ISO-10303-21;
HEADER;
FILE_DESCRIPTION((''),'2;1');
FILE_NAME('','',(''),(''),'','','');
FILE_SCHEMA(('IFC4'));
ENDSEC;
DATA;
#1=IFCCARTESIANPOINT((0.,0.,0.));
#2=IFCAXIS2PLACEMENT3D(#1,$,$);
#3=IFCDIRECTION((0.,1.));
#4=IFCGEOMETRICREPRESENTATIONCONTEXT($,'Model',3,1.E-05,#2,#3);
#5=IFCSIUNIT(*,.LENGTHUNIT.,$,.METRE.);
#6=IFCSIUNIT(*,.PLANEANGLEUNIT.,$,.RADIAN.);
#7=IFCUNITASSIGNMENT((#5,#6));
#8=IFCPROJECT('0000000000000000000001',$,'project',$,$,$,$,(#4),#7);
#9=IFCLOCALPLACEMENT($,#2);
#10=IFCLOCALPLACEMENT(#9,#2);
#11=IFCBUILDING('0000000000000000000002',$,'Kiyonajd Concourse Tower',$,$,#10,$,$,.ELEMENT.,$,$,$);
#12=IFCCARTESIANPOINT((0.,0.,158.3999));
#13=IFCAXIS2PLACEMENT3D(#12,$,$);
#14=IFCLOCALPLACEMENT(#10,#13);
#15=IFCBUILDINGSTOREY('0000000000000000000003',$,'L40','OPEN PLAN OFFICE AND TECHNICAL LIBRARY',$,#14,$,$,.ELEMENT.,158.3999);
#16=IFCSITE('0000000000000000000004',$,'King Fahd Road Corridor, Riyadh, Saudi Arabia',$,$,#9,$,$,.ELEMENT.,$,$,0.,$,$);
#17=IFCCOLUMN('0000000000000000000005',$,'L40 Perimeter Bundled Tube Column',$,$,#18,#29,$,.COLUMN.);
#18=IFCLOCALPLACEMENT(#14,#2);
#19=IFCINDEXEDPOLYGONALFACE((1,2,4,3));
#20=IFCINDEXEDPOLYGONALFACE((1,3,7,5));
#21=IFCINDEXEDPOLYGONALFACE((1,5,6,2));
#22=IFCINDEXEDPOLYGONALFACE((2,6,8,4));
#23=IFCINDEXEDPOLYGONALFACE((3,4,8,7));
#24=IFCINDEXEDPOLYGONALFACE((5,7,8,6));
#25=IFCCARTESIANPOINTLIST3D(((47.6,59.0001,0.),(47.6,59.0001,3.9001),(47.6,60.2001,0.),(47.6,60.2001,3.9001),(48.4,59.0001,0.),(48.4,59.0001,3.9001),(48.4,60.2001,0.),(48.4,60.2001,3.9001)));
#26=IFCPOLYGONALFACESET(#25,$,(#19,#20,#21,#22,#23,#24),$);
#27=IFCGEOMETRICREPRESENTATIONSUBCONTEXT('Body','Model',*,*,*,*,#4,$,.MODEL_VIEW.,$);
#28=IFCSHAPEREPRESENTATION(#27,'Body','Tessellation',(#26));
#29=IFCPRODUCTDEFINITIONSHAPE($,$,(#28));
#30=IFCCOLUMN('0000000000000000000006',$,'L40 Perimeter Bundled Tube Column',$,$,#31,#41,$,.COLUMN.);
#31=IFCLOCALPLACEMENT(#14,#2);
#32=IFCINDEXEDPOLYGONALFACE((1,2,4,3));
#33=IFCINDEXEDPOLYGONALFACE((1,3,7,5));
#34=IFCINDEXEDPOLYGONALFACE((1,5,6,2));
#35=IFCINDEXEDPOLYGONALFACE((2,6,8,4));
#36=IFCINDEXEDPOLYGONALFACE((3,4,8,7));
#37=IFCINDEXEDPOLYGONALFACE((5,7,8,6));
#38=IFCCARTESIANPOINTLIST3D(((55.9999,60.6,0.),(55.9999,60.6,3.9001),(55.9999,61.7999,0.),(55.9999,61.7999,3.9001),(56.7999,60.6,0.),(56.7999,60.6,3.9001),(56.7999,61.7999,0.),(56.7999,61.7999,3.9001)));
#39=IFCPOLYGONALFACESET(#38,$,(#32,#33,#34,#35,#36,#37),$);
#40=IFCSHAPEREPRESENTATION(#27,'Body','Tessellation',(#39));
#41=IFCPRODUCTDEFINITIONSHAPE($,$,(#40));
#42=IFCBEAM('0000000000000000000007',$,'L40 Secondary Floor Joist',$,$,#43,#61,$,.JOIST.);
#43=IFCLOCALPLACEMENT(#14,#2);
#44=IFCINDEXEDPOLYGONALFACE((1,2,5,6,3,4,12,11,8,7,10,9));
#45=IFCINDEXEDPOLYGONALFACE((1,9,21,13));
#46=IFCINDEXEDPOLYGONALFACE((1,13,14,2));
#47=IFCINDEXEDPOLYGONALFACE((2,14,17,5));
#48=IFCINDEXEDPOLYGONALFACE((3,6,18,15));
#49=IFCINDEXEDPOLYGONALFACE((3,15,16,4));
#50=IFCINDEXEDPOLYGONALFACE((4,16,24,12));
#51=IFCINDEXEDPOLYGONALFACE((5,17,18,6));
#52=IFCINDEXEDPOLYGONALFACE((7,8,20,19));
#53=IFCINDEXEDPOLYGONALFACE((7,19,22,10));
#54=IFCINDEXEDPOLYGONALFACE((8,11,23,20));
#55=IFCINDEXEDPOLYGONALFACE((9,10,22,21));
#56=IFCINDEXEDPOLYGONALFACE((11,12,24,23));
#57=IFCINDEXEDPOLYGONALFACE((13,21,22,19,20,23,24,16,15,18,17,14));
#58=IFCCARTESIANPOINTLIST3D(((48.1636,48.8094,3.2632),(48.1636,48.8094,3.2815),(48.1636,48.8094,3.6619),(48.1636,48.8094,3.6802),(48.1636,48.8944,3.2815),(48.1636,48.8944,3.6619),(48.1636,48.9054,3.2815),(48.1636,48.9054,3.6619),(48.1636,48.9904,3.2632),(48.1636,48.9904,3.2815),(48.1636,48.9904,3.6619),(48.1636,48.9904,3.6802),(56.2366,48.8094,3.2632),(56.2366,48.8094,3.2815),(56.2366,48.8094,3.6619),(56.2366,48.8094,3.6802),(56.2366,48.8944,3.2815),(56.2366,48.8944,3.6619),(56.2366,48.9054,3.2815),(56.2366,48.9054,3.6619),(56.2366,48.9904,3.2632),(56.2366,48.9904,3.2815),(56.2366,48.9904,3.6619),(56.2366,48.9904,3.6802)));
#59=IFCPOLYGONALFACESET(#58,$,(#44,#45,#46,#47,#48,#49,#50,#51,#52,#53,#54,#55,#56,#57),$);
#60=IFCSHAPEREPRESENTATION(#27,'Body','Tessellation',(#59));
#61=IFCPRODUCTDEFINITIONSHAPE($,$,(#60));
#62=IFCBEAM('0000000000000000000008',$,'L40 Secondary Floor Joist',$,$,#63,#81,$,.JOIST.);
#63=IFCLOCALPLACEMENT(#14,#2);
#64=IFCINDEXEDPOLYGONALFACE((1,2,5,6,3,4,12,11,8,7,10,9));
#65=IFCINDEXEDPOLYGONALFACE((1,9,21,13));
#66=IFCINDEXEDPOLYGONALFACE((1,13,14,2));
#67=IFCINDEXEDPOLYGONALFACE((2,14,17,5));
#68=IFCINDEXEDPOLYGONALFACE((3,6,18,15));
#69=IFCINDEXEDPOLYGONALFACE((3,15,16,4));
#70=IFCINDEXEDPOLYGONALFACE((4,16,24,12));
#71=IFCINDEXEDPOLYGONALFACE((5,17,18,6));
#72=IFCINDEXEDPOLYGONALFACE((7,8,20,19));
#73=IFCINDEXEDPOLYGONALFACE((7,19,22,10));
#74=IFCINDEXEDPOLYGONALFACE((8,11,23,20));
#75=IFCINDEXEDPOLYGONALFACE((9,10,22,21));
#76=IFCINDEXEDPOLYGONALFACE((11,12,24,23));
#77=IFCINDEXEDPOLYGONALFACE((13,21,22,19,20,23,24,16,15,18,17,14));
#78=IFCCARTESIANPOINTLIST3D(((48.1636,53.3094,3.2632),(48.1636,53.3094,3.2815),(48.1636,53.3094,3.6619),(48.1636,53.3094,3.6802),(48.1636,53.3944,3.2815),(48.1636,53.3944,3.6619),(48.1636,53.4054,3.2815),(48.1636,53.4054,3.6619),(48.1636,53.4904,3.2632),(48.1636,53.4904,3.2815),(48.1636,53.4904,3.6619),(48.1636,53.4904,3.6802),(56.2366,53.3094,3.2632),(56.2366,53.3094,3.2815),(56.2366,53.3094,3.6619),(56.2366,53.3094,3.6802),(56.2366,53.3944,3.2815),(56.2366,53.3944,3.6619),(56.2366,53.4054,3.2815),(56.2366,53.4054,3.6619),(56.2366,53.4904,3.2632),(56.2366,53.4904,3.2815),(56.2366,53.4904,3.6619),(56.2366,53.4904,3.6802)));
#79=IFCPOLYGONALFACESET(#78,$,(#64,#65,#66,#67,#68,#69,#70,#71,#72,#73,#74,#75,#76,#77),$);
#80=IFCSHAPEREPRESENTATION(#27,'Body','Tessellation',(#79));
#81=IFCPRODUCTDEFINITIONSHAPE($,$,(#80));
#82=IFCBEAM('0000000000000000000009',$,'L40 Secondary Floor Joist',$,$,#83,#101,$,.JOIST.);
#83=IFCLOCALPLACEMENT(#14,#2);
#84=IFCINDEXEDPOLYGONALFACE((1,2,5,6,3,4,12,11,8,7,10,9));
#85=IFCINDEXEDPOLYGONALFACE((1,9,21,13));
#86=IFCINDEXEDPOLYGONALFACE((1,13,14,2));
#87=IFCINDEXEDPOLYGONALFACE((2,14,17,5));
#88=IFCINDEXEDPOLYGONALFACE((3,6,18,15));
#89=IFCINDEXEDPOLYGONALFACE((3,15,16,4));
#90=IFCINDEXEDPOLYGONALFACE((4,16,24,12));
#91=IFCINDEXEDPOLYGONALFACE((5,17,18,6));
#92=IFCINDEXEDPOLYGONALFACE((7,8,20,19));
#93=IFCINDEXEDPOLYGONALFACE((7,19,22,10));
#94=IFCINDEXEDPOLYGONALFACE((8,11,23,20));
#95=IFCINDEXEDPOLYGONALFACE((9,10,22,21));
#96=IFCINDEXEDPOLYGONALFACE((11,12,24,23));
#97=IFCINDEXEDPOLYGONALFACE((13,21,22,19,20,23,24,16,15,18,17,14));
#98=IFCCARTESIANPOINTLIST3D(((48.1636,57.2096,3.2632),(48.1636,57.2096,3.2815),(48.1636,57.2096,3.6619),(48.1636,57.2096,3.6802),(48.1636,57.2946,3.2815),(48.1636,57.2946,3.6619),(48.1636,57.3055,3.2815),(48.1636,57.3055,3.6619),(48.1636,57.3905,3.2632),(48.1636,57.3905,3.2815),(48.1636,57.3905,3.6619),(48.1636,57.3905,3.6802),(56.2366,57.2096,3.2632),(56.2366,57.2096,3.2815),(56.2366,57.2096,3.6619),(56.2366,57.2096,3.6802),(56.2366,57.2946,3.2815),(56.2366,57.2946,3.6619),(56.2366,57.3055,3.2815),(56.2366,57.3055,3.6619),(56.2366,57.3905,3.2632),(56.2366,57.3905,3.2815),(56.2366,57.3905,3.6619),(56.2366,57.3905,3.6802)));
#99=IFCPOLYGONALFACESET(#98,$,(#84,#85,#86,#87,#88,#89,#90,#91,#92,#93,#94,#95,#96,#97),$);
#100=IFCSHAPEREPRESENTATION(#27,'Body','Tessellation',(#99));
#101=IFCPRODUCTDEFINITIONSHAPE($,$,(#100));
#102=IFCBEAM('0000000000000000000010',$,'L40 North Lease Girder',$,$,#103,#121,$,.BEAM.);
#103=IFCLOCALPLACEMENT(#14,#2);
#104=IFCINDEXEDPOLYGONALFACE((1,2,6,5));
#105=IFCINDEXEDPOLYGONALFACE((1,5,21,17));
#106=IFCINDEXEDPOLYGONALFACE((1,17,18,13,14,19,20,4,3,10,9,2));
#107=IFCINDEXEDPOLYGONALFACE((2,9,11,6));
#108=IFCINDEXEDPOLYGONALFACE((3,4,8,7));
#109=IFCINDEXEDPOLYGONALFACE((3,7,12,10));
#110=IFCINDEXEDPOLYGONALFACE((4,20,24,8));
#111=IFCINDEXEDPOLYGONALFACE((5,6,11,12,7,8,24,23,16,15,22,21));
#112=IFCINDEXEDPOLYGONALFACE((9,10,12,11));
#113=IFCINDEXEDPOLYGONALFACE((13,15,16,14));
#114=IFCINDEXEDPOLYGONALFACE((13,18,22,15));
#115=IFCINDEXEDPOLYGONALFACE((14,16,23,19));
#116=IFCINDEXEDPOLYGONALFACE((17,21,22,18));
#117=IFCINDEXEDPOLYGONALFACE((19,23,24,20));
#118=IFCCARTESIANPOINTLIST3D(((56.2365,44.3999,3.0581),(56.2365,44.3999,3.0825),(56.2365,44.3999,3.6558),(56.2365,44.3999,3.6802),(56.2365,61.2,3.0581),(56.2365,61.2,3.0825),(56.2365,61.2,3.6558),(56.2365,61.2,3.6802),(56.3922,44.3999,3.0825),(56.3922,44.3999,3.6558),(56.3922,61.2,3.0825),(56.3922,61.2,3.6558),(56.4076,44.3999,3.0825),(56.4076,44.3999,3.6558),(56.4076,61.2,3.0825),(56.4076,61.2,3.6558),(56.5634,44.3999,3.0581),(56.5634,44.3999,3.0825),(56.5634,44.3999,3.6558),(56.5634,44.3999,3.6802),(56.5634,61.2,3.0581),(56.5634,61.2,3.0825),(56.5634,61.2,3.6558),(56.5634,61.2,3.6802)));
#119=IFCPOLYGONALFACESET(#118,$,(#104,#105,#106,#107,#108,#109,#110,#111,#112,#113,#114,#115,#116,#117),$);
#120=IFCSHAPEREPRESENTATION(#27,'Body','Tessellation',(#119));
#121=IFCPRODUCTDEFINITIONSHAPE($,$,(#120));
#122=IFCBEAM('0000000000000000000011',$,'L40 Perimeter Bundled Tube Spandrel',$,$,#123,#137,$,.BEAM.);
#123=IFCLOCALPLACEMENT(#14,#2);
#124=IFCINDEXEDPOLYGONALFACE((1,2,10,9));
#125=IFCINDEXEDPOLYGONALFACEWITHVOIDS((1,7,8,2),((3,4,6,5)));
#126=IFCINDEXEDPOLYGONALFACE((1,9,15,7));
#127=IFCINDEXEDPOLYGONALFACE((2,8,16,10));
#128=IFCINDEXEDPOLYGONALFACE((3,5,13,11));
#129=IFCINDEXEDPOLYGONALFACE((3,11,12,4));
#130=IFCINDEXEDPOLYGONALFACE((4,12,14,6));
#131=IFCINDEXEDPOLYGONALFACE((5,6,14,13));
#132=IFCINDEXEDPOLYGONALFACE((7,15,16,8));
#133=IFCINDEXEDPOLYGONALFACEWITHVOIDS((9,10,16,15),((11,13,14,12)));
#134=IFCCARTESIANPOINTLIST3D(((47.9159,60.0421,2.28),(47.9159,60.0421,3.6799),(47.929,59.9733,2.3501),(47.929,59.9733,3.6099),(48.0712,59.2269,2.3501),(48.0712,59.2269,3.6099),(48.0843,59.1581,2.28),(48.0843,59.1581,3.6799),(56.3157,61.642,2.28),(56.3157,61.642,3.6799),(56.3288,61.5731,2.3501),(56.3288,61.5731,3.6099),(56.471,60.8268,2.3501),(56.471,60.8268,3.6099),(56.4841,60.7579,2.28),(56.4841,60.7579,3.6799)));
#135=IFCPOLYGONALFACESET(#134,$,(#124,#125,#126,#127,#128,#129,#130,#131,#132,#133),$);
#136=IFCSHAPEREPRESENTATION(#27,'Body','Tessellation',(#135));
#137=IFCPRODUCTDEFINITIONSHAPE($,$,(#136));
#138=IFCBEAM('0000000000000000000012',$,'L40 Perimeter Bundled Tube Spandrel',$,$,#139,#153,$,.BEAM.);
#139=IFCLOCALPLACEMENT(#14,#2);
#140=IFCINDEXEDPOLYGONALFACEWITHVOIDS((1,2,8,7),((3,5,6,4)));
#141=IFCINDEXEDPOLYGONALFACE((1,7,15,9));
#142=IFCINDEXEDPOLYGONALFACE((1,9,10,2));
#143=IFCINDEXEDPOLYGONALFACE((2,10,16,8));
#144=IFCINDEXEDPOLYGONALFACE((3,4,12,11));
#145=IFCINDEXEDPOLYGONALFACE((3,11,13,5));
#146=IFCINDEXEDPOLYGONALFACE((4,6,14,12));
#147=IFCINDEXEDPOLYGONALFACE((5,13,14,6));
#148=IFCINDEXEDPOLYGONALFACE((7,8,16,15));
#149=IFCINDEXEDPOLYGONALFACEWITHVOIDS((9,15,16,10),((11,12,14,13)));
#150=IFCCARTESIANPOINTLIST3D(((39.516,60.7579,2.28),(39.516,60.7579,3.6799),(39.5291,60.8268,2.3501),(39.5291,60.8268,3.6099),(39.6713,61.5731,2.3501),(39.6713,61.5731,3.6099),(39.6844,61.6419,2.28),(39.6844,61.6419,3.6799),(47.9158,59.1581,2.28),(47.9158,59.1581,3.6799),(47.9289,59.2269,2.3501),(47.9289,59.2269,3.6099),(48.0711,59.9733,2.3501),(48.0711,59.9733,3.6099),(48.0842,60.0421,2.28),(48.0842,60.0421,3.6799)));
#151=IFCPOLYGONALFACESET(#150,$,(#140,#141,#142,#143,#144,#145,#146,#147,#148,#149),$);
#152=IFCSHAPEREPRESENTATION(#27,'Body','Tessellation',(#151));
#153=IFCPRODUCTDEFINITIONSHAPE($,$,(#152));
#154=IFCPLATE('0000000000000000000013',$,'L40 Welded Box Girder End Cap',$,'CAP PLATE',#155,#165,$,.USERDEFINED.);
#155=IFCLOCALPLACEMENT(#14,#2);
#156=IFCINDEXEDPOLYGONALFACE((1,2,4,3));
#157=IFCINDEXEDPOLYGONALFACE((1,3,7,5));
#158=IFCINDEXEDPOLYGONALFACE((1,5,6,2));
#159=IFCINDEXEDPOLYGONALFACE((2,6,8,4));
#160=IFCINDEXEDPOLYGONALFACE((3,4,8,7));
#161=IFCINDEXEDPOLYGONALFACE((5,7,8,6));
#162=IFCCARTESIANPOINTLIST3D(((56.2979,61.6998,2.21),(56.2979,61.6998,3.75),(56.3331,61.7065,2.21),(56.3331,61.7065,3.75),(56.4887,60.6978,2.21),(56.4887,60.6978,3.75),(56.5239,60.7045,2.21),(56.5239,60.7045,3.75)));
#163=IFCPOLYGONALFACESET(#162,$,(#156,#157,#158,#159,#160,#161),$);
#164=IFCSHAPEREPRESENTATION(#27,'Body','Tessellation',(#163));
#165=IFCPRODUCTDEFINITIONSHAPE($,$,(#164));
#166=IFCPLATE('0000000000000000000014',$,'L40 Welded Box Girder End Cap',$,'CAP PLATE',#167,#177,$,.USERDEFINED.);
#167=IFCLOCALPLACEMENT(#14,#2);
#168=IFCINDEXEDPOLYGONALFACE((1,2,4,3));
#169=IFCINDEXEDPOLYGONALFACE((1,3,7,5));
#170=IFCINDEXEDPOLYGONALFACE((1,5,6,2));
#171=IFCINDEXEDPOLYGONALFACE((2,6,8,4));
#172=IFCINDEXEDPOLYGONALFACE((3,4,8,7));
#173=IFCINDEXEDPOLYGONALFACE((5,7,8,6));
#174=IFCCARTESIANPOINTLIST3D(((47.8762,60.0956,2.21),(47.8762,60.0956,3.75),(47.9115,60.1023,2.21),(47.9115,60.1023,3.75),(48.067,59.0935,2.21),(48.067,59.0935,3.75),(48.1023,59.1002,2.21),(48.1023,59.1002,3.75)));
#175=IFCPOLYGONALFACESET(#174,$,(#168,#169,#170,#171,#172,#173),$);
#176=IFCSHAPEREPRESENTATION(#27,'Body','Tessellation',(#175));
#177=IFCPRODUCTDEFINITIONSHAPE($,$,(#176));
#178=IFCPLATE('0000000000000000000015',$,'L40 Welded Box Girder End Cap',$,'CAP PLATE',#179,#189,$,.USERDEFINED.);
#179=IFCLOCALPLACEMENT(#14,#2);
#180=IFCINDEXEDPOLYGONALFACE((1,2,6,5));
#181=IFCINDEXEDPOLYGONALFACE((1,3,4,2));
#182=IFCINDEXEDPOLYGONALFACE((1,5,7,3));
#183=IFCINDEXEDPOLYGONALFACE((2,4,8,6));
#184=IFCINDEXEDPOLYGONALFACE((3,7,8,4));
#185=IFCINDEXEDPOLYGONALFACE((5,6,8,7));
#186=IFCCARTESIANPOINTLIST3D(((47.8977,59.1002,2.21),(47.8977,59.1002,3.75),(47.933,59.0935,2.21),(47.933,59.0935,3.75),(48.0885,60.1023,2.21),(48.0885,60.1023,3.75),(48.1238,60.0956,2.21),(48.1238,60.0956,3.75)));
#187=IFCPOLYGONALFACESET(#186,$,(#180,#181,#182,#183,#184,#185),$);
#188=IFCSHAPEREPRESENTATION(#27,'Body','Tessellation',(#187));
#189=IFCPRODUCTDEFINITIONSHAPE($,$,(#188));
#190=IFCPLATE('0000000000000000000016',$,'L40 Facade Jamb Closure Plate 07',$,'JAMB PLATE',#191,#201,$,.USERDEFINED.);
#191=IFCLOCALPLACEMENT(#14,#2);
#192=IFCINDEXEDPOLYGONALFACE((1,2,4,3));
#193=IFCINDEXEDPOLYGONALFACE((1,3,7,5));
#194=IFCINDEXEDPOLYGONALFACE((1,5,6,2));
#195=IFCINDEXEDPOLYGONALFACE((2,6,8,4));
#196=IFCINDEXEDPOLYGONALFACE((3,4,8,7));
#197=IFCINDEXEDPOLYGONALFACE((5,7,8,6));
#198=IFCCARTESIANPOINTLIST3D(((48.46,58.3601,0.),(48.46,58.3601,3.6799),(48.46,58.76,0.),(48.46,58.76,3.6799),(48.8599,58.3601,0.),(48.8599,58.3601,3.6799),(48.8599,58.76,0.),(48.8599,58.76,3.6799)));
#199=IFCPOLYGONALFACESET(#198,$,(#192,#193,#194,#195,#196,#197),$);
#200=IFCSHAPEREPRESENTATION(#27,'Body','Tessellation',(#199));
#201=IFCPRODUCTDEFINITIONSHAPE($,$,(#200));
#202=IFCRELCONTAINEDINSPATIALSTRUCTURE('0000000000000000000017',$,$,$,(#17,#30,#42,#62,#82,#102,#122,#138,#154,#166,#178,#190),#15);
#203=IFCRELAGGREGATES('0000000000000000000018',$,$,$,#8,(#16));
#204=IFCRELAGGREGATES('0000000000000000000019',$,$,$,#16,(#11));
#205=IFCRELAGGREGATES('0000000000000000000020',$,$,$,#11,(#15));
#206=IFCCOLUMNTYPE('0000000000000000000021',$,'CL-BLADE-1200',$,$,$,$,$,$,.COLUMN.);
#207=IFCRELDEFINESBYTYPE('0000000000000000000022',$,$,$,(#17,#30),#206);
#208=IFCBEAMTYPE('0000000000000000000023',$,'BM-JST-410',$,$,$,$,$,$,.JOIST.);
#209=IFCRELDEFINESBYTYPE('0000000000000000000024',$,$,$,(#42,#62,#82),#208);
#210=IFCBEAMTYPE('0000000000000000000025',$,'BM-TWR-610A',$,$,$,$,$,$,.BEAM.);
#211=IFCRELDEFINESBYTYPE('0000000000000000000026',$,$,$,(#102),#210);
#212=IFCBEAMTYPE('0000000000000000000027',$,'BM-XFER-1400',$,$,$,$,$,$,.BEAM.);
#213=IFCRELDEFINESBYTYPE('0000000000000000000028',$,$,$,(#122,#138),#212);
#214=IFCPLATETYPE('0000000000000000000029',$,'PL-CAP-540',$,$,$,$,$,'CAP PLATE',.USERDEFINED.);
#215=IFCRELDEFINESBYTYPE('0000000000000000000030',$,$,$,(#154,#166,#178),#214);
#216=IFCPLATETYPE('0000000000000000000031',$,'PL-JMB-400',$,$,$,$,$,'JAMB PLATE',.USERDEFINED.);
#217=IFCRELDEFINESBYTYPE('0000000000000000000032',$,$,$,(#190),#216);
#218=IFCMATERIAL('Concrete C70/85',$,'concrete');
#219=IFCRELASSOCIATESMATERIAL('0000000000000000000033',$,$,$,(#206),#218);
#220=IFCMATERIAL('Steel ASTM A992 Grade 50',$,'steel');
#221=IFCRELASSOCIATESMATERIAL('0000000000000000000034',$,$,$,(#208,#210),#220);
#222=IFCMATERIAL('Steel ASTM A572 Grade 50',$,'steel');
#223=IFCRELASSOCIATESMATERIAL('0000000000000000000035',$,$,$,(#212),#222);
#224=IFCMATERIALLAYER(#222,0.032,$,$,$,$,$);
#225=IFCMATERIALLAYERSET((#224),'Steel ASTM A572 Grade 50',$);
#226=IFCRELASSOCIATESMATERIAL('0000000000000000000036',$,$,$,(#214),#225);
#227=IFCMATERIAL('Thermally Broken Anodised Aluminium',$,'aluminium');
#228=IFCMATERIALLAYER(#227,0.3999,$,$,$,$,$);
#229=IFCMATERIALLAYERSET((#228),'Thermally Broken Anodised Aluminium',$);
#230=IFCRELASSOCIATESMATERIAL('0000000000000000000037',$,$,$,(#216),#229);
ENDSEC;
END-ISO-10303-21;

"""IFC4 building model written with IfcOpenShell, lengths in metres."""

from ifc_helpers import new_model, si_unit, direction, frame, origin, origin_2d, place, context, subcontext, project, spatial, rectangle, hollow_rectangle, i_section, extrude, material, layer, layer_set, material_profile, profile_set, type_object, element, save


model = new_model("IFC4")

# Units and contexts
model_context = context("Model", 3, precision=1e-05, world=origin(), true_north=direction((0.0, 1.0)))
body_context = subcontext(model_context, "Body", "Model", "MODEL_VIEW")
ifc_project = project(units=[si_unit("LENGTHUNIT", "METRE"), si_unit("PLANEANGLEUNIT", "RADIAN")], contexts=[model_context])

# Site, building, storey
site_placement = place(None, origin())
site = spatial("IfcSite", under=ifc_project, at=site_placement, Name="King Fahd Road Corridor, Riyadh, Saudi Arabia", CompositionType="ELEMENT", RefElevation=0.0)
building_placement = place(site_placement, origin())
building = spatial("IfcBuilding", under=site, at=building_placement, Name="Kiyonajd Concourse Tower", CompositionType="ELEMENT")
storey_placement = place(building_placement, frame((0.0, 0.0, 158.3999)))
storey = spatial("IfcBuildingStorey", under=building, at=storey_placement, Name="L40", Description="OPEN PLAN OFFICE AND TECHNICAL LIBRARY", CompositionType="ELEMENT", Elevation=158.3999)

# Columns
ifc_material_1 = material(Name="Concrete C70/85", Category="concrete")
ifc_material_profile_1 = material_profile(ifc_material_1, rectangle(XDim=0.8, YDim=1.2, at=origin_2d()), Name="RC-1200x800")
ifc_profile_set_1 = profile_set([ifc_material_profile_1], Name="Concrete C70/85")
column_type = type_object("IfcColumnType", Name="CL-BLADE-1200", PredefinedType="COLUMN", material=ifc_profile_set_1)
for number, where, z_axis, x_axis, name in (
    (1, (48.0, 59.6001, 0.0), (0.0, 0.0, 1.0), (1.0, 0.0, 0.0), "L40 Perimeter Bundled Tube Column"),
    (2, (56.3999, 61.2, 0.0), (0.0, 0.0, 1.0), (1.0, 0.0, 0.0), "L40 Perimeter Bundled Tube Column"),
):
    element("IfcColumn", number, at=place(storey_placement, frame(where, z_axis=z_axis, x_axis=x_axis)), inside=storey, type_object=column_type, Name=name, PredefinedType="COLUMN", context=body_context, shape_type="SweptSolid", body=[
        extrude(rectangle(XDim=0.8, YDim=1.2, at=origin_2d()), origin(), (0.0, 0.0, 1.0), 3.9001),
    ])

# Beams
ifc_material_2 = material(Name="Steel ASTM A992 Grade 50", Category="steel")
ifc_material_profile_2 = material_profile(ifc_material_2, i_section(OverallWidth=0.1809, OverallDepth=0.417, WebThickness=0.011, FlangeThickness=0.0183, at=origin_2d()), Name="W410X85")
ifc_profile_set_2 = profile_set([ifc_material_profile_2], Name="Steel ASTM A992 Grade 50")
beam_type_1 = type_object("IfcBeamType", Name="BM-JST-410", PredefinedType="JOIST", material=ifc_profile_set_2)
for number, where, z_axis, x_axis, name in (
    (3, (48.1636, 48.8999, 3.4717), (1.0, 0.0, 0.0), (0.0, 1.0, 0.0), "L40 Secondary Floor Joist"),
    (4, (48.1636, 53.3999, 3.4717), (1.0, 0.0, 0.0), (0.0, 1.0, 0.0), "L40 Secondary Floor Joist"),
    (5, (48.1636, 57.3, 3.4717), (1.0, 0.0, 0.0), (0.0, 1.0, 0.0), "L40 Secondary Floor Joist"),
):
    element("IfcBeam", number, at=place(storey_placement, frame(where, z_axis=z_axis, x_axis=x_axis)), inside=storey, type_object=beam_type_1, Name=name, PredefinedType="JOIST", context=body_context, shape_type="SweptSolid", body=[
        extrude(i_section(OverallWidth=0.1809, OverallDepth=0.417, WebThickness=0.011, FlangeThickness=0.0183, at=origin_2d()), origin(), (0.0, 0.0, 1.0), 8.073),
    ])
ifc_material_profile_3 = material_profile(ifc_material_2, i_section(OverallWidth=0.3269, OverallDepth=0.6221, WebThickness=0.0154, FlangeThickness=0.0244, at=origin_2d()), Name="W610X195")
ifc_profile_set_3 = profile_set([ifc_material_profile_3], Name="Steel ASTM A992 Grade 50")
beam_type_2 = type_object("IfcBeamType", Name="BM-TWR-610A", PredefinedType="BEAM", material=ifc_profile_set_3)
beam_placement = place(storey_placement, frame((56.3999, 44.3999, 3.3691), z_axis=(0.0, 1.0, 0.0), x_axis=(-1.0, 0.0, 0.0)))
element("IfcBeam", 6, at=beam_placement, inside=storey, type_object=beam_type_2, Name="L40 North Lease Girder", PredefinedType="BEAM", context=body_context, shape_type="SweptSolid", body=[
    extrude(i_section(OverallWidth=0.3269, OverallDepth=0.6221, WebThickness=0.0154, FlangeThickness=0.0244, at=origin_2d()), origin(), (0.0, 0.0, 1.0), 16.8),
])
ifc_material_3 = material(Name="Steel ASTM A572 Grade 50", Category="steel")
ifc_material_profile_4 = material_profile(ifc_material_3, hollow_rectangle(XDim=0.8999, YDim=1.3999, WallThickness=0.0701, at=origin_2d()), Name="BOX-1400x900x70")
ifc_profile_set_4 = profile_set([ifc_material_profile_4], Name="Steel ASTM A572 Grade 50")
beam_type_3 = type_object("IfcBeamType", Name="BM-XFER-1400", PredefinedType="BEAM", material=ifc_profile_set_4)
for number, where, z_axis, x_axis, name in (
    (7, (56.3999, 61.2, 2.98), (-0.982341, -0.187098, 0.0), (0.187098, -0.982341, 0.0), "L40 Perimeter Bundled Tube Spandrel"),
    (8, (48.0, 59.6001, 2.98), (-0.982341, 0.187098, 0.0), (-0.187098, -0.982341, 0.0), "L40 Perimeter Bundled Tube Spandrel"),
):
    element("IfcBeam", number, at=place(storey_placement, frame(where, z_axis=z_axis, x_axis=x_axis)), inside=storey, type_object=beam_type_3, Name=name, PredefinedType="BEAM", context=body_context, shape_type="SweptSolid", body=[
        extrude(hollow_rectangle(XDim=0.8999, YDim=1.3999, WallThickness=0.0701, at=origin_2d()), origin(), (0.0, 0.0, 1.0), 8.5508),
    ])

# Plates
ifc_layer_1 = layer(ifc_material_3, 0.032)
ifc_layer_set_1 = layer_set([ifc_layer_1], Name="Steel ASTM A572 Grade 50")
plate_type_1 = type_object("IfcPlateType", Name="PL-CAP-540", ElementType="CAP PLATE", PredefinedType="USERDEFINED", material=ifc_layer_set_1)
for number, where, z_axis, x_axis, name in (
    (9, (56.4109, 61.2021, 2.21), (0.0, 0.0, 1.0), (0.982353, 0.187038, 0.0), "L40 Welded Box Girder End Cap"),
    (10, (47.9893, 59.5979, 2.21), (0.0, 0.0, 1.0), (-0.982353, -0.187038, 0.0), "L40 Welded Box Girder End Cap"),
    (11, (48.0107, 59.5979, 2.21), (0.0, 0.0, 1.0), (0.982353, -0.187038, 0.0), "L40 Welded Box Girder End Cap"),
):
    element("IfcPlate", number, at=place(storey_placement, frame(where, z_axis=z_axis, x_axis=x_axis)), inside=storey, type_object=plate_type_1, Name=name, ObjectType="CAP PLATE", PredefinedType="USERDEFINED", context=body_context, shape_type="SweptSolid", body=[
        extrude(rectangle(XDim=0.0359, YDim=1.02, at=origin_2d()), origin(), (0.0, 0.0, 1.0), 1.54),
    ])
ifc_material_4 = material(Name="Thermally Broken Anodised Aluminium", Category="aluminium")
ifc_layer_2 = layer(ifc_material_4, 0.3999)
ifc_layer_set_2 = layer_set([ifc_layer_2], Name="Thermally Broken Anodised Aluminium")
plate_type_2 = type_object("IfcPlateType", Name="PL-JMB-400", ElementType="JAMB PLATE", PredefinedType="USERDEFINED", material=ifc_layer_set_2)
for number, where, z_axis, x_axis, name in (
    (12, (48.6599, 58.5601, 0.0), (0.0, 0.0, 1.0), (1.0, 0.0, 0.0), "L40 Facade Jamb Closure Plate 07"),
):
    element("IfcPlate", number, at=place(storey_placement, frame(where, z_axis=z_axis, x_axis=x_axis)), inside=storey, type_object=plate_type_2, Name=name, ObjectType="JAMB PLATE", PredefinedType="USERDEFINED", context=body_context, shape_type="SweptSolid", body=[
        extrude(rectangle(XDim=0.3999, YDim=0.3999, at=origin_2d()), origin(), (0.0, 0.0, 1.0), 3.6799),
    ])

save(model, "model.ifc")
